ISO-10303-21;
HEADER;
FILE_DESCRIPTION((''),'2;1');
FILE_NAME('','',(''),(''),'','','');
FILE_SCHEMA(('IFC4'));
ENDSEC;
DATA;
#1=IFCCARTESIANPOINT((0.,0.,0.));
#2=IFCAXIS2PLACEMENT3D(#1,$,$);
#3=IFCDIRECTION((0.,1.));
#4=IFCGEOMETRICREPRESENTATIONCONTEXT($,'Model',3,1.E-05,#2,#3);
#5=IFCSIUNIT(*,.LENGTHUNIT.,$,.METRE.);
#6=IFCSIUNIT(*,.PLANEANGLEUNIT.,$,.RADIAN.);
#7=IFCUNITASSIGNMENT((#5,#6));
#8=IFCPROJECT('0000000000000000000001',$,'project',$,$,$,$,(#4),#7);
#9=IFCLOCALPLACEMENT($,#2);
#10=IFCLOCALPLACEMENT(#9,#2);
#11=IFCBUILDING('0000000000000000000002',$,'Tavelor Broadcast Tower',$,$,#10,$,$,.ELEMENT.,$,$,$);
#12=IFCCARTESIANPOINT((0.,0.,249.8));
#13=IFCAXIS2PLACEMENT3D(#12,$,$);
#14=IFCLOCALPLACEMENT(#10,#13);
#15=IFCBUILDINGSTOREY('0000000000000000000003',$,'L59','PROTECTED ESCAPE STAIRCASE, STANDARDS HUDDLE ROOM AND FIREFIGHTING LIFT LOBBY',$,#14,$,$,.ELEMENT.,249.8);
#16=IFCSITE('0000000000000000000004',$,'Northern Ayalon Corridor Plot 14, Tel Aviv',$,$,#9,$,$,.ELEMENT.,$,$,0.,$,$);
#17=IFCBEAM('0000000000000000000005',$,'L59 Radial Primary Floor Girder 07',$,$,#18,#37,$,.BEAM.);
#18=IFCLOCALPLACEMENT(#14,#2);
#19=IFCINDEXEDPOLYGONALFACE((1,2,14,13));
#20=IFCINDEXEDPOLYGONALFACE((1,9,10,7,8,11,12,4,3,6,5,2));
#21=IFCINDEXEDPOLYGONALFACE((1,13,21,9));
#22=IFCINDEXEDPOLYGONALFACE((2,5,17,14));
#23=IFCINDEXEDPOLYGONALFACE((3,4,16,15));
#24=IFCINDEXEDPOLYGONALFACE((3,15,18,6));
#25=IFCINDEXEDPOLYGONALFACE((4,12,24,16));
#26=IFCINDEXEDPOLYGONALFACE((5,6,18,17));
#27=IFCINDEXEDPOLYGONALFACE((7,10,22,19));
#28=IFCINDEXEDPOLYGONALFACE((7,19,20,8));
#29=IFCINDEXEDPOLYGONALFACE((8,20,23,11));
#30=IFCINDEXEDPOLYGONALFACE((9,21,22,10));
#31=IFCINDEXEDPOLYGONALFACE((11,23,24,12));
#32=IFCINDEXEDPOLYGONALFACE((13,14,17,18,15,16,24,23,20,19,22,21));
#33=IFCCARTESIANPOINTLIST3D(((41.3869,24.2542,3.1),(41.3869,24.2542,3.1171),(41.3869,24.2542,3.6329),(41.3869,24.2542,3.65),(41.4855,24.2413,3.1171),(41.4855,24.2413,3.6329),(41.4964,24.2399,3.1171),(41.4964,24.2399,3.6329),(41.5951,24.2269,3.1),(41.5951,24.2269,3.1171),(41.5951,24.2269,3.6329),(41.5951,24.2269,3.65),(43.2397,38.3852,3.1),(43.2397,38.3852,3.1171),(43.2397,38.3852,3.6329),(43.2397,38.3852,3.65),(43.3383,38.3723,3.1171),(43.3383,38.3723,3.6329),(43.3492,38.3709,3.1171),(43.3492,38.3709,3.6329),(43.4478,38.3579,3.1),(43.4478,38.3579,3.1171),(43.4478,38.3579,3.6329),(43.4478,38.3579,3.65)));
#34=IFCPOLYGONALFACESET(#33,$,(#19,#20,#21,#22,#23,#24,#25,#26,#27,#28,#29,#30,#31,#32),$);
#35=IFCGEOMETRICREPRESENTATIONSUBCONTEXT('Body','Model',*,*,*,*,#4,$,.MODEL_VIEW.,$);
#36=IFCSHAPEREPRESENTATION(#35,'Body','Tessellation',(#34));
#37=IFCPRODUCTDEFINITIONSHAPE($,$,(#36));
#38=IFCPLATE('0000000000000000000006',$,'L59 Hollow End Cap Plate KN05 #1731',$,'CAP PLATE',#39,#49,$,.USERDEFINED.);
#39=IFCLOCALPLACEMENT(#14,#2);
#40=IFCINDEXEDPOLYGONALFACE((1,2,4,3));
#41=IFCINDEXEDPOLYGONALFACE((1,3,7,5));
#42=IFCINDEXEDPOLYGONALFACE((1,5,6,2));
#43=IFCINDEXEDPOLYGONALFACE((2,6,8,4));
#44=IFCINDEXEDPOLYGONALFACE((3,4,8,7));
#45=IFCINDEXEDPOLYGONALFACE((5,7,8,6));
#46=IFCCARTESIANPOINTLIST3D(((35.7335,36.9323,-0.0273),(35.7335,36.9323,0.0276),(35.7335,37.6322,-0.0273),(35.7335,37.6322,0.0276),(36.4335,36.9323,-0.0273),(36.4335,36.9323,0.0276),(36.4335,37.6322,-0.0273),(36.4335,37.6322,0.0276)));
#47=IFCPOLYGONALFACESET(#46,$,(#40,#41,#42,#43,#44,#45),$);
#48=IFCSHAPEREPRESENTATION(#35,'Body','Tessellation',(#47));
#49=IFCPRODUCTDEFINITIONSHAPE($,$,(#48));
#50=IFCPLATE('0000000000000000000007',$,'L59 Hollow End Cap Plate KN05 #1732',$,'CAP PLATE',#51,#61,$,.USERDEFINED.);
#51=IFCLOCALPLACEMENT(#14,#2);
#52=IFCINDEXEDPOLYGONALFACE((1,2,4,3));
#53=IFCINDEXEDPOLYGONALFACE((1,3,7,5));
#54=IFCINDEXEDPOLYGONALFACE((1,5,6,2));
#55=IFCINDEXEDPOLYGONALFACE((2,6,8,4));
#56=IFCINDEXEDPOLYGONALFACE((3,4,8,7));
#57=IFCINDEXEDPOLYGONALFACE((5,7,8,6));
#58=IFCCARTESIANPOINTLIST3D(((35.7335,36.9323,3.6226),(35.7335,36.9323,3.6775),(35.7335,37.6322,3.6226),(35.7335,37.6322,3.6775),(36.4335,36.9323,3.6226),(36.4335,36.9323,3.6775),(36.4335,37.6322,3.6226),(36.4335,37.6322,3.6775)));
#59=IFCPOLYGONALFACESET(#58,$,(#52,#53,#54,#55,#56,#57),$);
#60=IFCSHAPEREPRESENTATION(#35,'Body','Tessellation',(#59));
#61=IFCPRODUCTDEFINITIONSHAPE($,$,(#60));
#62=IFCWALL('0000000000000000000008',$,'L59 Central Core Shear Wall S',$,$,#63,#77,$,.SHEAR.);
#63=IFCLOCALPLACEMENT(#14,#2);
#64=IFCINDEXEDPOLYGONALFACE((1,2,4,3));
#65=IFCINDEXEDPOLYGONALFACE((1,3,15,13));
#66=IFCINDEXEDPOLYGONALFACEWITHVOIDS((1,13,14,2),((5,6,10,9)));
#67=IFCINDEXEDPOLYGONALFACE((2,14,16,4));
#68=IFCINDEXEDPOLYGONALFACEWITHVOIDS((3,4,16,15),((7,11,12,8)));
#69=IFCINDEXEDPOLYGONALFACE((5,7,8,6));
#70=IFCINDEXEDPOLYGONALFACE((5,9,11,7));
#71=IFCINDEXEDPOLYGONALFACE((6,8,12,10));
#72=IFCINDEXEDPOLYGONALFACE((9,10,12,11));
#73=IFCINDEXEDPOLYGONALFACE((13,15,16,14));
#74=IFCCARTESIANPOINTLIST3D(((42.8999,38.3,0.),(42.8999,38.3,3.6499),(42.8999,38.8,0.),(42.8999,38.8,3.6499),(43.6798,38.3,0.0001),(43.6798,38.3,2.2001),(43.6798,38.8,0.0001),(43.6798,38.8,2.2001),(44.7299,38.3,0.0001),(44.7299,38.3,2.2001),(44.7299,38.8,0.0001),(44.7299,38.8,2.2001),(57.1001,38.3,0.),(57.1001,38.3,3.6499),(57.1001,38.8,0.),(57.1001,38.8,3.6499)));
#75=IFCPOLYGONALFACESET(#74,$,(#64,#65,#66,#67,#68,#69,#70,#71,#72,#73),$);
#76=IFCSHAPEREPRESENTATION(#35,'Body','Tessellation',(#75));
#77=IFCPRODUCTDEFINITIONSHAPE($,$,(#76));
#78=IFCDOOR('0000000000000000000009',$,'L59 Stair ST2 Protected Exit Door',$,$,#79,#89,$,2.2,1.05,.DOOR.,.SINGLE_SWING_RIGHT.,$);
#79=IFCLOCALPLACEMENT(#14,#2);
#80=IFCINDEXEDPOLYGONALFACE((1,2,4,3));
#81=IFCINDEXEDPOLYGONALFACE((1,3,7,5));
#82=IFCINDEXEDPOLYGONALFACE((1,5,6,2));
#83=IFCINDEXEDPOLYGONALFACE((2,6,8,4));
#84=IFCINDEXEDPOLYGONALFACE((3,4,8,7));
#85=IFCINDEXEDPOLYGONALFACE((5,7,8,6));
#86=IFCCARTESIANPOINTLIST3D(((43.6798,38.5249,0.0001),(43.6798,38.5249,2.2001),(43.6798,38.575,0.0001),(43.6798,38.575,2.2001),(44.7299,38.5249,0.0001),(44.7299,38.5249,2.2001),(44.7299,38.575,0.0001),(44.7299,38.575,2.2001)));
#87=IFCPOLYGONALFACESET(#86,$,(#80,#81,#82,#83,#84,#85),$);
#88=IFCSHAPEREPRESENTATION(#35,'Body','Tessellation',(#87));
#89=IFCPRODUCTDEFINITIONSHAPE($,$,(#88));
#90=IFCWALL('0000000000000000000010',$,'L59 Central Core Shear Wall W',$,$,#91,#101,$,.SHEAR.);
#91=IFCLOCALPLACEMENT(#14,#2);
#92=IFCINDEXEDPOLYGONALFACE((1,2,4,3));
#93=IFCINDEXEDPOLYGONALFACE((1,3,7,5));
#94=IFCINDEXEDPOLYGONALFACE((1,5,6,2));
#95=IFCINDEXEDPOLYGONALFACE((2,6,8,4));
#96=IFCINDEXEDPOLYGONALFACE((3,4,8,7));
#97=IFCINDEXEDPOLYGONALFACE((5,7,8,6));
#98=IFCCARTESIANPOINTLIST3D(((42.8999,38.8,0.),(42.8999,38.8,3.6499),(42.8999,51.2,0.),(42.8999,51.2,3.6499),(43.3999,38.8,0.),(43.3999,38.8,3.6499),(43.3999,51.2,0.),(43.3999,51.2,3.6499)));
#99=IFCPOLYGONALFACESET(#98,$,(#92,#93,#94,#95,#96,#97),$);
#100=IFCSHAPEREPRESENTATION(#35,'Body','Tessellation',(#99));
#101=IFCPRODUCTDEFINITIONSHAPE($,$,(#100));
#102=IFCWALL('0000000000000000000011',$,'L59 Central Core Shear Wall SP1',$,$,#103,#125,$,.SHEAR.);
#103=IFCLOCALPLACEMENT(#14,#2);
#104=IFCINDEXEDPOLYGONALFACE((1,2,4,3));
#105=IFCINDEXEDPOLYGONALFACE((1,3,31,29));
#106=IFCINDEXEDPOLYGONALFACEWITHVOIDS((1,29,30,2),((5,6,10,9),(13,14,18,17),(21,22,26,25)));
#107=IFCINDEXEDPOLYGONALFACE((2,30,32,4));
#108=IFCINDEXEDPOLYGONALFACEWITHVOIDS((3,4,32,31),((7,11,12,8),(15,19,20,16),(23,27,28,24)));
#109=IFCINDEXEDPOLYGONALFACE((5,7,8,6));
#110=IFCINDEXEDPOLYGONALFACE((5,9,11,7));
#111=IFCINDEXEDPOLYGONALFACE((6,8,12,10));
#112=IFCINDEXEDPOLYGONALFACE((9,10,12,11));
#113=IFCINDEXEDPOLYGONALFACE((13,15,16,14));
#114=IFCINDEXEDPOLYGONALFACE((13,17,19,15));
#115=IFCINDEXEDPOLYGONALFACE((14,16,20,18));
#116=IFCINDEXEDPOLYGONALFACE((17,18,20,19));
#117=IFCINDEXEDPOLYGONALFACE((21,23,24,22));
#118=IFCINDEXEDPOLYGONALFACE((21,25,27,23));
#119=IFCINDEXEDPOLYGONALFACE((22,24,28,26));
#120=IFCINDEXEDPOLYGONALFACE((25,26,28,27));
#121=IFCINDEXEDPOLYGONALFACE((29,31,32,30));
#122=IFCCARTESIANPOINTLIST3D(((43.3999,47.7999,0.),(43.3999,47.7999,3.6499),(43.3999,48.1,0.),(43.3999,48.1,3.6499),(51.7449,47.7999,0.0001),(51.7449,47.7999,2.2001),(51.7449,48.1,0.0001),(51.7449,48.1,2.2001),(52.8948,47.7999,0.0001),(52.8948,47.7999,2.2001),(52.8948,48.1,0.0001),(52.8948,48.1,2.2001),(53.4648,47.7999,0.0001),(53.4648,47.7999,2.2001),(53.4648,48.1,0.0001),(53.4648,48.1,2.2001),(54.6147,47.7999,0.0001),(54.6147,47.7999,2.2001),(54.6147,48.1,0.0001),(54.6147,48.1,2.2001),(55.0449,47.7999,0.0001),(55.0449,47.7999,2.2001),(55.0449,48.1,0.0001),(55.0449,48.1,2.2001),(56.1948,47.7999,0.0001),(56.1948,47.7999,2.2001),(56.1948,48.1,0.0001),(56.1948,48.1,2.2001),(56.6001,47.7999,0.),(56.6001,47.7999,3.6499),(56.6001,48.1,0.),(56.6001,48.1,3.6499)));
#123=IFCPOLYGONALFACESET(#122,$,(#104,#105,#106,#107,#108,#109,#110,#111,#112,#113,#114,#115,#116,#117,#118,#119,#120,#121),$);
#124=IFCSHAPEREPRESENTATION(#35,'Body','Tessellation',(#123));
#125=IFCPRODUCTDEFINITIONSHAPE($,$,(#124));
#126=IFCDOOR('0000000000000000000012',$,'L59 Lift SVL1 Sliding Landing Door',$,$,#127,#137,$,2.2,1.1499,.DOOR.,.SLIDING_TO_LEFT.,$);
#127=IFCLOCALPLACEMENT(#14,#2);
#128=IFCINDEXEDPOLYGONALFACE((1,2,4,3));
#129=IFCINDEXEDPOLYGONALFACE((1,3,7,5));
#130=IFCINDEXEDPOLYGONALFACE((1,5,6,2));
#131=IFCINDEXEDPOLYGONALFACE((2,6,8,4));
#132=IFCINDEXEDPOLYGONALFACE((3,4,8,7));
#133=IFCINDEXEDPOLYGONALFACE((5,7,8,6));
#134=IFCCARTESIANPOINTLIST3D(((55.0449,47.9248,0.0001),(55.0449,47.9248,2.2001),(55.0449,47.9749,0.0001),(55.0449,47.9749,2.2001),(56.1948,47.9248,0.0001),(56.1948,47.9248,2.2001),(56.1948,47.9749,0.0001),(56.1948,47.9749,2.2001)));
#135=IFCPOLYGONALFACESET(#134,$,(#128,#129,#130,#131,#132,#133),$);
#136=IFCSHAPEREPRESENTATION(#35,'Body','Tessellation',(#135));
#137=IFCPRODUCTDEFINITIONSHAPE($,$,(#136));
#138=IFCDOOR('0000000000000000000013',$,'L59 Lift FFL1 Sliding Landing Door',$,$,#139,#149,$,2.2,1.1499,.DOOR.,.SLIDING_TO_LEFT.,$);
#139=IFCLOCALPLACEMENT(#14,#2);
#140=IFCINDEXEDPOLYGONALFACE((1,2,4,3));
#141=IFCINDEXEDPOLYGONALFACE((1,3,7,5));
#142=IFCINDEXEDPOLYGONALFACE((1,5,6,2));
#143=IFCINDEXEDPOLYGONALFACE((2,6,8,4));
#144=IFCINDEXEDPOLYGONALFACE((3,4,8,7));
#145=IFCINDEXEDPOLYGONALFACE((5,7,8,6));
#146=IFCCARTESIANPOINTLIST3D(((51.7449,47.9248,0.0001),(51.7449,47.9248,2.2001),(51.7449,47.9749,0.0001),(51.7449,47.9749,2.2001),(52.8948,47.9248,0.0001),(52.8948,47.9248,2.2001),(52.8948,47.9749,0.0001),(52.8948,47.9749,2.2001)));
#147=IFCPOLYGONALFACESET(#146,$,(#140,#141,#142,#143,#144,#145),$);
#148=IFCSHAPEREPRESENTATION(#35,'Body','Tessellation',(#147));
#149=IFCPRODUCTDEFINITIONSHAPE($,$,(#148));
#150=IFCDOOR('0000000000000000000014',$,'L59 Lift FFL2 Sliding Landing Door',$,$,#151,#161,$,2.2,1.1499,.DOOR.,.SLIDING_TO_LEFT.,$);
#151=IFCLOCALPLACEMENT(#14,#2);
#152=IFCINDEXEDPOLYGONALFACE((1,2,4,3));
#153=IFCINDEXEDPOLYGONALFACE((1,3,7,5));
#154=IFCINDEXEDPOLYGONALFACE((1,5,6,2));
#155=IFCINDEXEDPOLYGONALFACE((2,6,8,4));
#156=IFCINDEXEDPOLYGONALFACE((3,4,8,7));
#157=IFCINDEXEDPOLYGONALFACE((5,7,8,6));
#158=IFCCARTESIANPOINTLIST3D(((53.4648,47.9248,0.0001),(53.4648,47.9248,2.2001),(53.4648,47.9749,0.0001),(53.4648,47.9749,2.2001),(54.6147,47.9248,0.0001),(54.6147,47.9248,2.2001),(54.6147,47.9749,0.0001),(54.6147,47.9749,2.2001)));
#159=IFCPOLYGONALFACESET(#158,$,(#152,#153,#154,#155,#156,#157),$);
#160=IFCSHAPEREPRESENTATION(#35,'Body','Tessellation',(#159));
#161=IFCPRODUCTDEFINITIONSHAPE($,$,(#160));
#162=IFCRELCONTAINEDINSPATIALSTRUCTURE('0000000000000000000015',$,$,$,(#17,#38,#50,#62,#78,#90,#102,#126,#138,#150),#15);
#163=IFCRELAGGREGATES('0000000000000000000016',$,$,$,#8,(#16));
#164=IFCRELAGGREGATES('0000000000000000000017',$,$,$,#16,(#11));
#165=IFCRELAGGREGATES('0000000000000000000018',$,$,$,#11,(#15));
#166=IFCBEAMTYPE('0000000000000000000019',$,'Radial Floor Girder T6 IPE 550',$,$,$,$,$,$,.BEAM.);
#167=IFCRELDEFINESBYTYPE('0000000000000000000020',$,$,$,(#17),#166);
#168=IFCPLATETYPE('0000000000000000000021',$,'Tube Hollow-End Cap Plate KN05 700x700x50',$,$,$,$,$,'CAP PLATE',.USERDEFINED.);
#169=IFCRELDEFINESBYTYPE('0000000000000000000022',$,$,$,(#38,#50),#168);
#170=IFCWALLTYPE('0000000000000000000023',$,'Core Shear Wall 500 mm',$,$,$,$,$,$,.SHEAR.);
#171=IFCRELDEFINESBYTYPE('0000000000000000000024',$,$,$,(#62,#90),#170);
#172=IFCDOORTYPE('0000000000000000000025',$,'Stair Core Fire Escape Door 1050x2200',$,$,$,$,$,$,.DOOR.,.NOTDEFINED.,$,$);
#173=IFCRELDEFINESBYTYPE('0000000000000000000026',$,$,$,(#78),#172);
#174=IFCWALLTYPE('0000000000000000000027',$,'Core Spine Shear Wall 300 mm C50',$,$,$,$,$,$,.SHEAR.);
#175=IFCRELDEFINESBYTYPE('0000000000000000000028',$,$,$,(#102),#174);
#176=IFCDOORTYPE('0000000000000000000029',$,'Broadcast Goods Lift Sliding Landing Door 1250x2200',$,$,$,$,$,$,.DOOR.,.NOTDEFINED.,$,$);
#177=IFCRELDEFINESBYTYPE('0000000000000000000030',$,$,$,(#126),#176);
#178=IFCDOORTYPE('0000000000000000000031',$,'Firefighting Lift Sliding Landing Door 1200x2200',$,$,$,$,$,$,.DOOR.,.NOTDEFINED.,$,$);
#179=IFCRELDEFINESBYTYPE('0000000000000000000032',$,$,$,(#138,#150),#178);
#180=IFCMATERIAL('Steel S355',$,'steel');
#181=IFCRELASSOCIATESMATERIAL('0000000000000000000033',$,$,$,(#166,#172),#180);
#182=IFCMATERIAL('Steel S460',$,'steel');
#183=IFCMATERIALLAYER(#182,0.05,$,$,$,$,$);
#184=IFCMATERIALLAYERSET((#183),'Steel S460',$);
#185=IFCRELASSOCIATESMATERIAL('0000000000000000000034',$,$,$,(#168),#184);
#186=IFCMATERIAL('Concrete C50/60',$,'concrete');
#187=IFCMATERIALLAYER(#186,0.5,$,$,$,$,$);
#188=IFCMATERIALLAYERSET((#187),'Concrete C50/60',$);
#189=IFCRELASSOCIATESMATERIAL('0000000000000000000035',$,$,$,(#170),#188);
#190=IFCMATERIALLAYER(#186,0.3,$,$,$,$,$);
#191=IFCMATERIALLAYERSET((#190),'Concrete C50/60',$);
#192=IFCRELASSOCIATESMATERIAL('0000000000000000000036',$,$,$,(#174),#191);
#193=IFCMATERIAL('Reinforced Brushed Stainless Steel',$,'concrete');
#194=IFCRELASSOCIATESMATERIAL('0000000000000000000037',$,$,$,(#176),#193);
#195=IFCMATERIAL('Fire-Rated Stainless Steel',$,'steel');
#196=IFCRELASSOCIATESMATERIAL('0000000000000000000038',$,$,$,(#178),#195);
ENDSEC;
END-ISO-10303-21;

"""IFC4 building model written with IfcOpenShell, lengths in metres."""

from ifc_helpers import new_model, si_unit, direction, frame, frame_2d, origin, origin_2d, place, context, subcontext, project, spatial, rectangle, i_section, extrude, source, transform, mapped, material, layer, layer_set, material_profile, profile_set, type_object, type_shapes, element, fill, save


model = new_model("IFC4")

# Units and contexts
model_context = context("Model", 3, precision=1e-05, world=origin(), true_north=direction((0.0, 1.0)))
body_context = subcontext(model_context, "Body", "Model", "MODEL_VIEW")
ifc_project = project(units=[si_unit("LENGTHUNIT", "METRE"), si_unit("PLANEANGLEUNIT", "RADIAN")], contexts=[model_context])

# Site, building, storey
site_placement = place(None, origin())
site = spatial("IfcSite", under=ifc_project, at=site_placement, Name="Northern Ayalon Corridor Plot 14, Tel Aviv", CompositionType="ELEMENT", RefElevation=0.0)
building_placement = place(site_placement, origin())
building = spatial("IfcBuilding", under=site, at=building_placement, Name="Tavelor Broadcast Tower", CompositionType="ELEMENT")
storey_placement = place(building_placement, frame((0.0, 0.0, 249.8)))
storey = spatial("IfcBuildingStorey", under=building, at=storey_placement, Name="L59", Description="PROTECTED ESCAPE STAIRCASE, STANDARDS HUDDLE ROOM AND FIREFIGHTING LIFT LOBBY", CompositionType="ELEMENT", Elevation=249.8)

# Shared definitions
ifc_material_1 = material(Name="Concrete C50/60", Category="concrete")

# Beam
ifc_material_2 = material(Name="Steel S355", Category="steel")
ifc_material_profile_1 = material_profile(ifc_material_2, i_section(OverallWidth=0.21, OverallDepth=0.55, WebThickness=0.011, FlangeThickness=0.0171, at=origin_2d()), Name="IPE 550")
ifc_profile_set_1 = profile_set([ifc_material_profile_1], Name="Steel S355")
beam_type_1 = type_object("IfcBeamType", Name="Radial Floor Girder T6 IPE 550", PredefinedType="BEAM", material=ifc_profile_set_1)
beam_1_placement = place(storey_placement, frame((43.3438, 38.3716, 3.375), z_axis=(-0.130001, -0.991514, 0.0), x_axis=(0.991514, -0.130001, 0.0)))
element("IfcBeam", 1, at=beam_1_placement, inside=storey, type_object=beam_type_1, Name="L59 Radial Primary Floor Girder 07", PredefinedType="BEAM", context=body_context, shape_type="SweptSolid", body=[
    extrude(i_section(OverallWidth=0.21, OverallDepth=0.55, WebThickness=0.011, FlangeThickness=0.0171, at=origin_2d()), origin(), (0.0, 0.0, 1.0), 14.252),
])

# Plates
ifc_material_3 = material(Name="Steel S460", Category="steel")
ifc_layer_1 = layer(ifc_material_3, 0.05)
ifc_layer_set_1 = layer_set([ifc_layer_1], Name="Steel S460")
plate_type = type_object("IfcPlateType", Name="Tube Hollow-End Cap Plate KN05 700x700x50", ElementType="CAP PLATE", PredefinedType="USERDEFINED", material=ifc_layer_set_1)
shared_shape = source(origin(), body_context, "Body", "SweptSolid", [
    extrude(rectangle(XDim=0.7, YDim=0.7, at=origin_2d()), origin(), (0.0, 0.0, 1.0), 0.0549),
])
type_shapes(plate_type, [shared_shape])
for number, where, z_axis, x_axis, name in (
    (2, (36.0835, 37.2822, -0.0273), (0.0, 0.0, 1.0), (1.0, 0.0, 0.0), "L59 Hollow End Cap Plate KN05 #1731"),
    (3, (36.0835, 37.2822, 3.6226), (0.0, 0.0, 1.0), (1.0, 0.0, 0.0), "L59 Hollow End Cap Plate KN05 #1732"),
):
    element("IfcPlate", number, at=place(storey_placement, frame(where, z_axis=z_axis, x_axis=x_axis)), inside=storey, type_object=plate_type, Name=name, ObjectType="CAP PLATE", PredefinedType="USERDEFINED", context=body_context, shape_type="MappedRepresentation", body=[
        mapped(shared_shape, transform((0.0, 0.0, 0.0), scale=1.0)),
    ])

# Wall, opening, door
ifc_layer_2 = layer(ifc_material_1, 0.5)
ifc_layer_set_2 = layer_set([ifc_layer_2], Name="Concrete C50/60")
wall_type_1 = type_object("IfcWallType", Name="Core Shear Wall 500 mm", PredefinedType="SHEAR", material=ifc_layer_set_2)
wall_1_placement = place(storey_placement, frame((42.8999, 38.55, 0.0), z_axis=(0.0, 0.0, 1.0), x_axis=(1.0, 0.0, 0.0)))
wall_1 = element("IfcWall", 4, at=wall_1_placement, inside=storey, type_object=wall_type_1, Name="L59 Central Core Shear Wall S", PredefinedType="SHEAR", context=body_context, shape_type="SweptSolid", body=[
    extrude(rectangle(XDim=14.2002, YDim=0.5, at=frame_2d((7.1001, 0.0))), origin(), (0.0, 0.0, 1.0), 3.6499),
])
opening_1_placement = place(wall_1_placement, frame((0.78, 0.0, 0.0)))
opening_1 = element("IfcOpeningElement", 5, at=opening_1_placement, cuts=wall_1, PredefinedType="OPENING", context=body_context, shape_type="SweptSolid", body=[
    extrude(rectangle(XDim=1.05, YDim=2.2, at=frame_2d((0.5249, 1.1001))), frame((0.0, 0.26, 0.0), z_axis=(0.0, -1.0, 0.0), x_axis=(1.0, 0.0, 0.0)), (0.0, 0.0, 1.0), 0.52),
])
door_type_1 = type_object("IfcDoorType", Name="Stair Core Fire Escape Door 1050x2200", OperationType="NOTDEFINED", PredefinedType="DOOR", material=ifc_material_2)
door_1_placement = place(opening_1_placement, origin())
door_1 = element("IfcDoor", 6, at=door_1_placement, inside=storey, type_object=door_type_1, Name="L59 Stair ST2 Protected Exit Door", OperationType="SINGLE_SWING_RIGHT", OverallHeight=2.2, OverallWidth=1.05, PredefinedType="DOOR", context=body_context, shape_type="SweptSolid", body=[
    extrude(rectangle(XDim=1.05, YDim=2.2, at=frame_2d((0.5249, 1.1001))), frame((0.0, 0.0249, 0.0), z_axis=(0.0, -1.0, 0.0), x_axis=(1.0, 0.0, 0.0)), (0.0, 0.0, 1.0), 0.05),
])
fill(opening_1, door_1)

# Wall
wall_2_placement = place(storey_placement, frame((43.1499, 38.8, 0.0), z_axis=(0.0, 0.0, 1.0), x_axis=(0.0, 1.0, 0.0)))
element("IfcWall", 7, at=wall_2_placement, inside=storey, type_object=wall_type_1, Name="L59 Central Core Shear Wall W", PredefinedType="SHEAR", context=body_context, shape_type="SweptSolid", body=[
    extrude(rectangle(XDim=12.3999, YDim=0.5, at=frame_2d((6.2, 0.0))), origin(), (0.0, 0.0, 1.0), 3.6499),
])

# Wall, openings, doors
ifc_layer_3 = layer(ifc_material_1, 0.3)
ifc_layer_set_3 = layer_set([ifc_layer_3], Name="Concrete C50/60")
wall_type_2 = type_object("IfcWallType", Name="Core Spine Shear Wall 300 mm C50", PredefinedType="SHEAR", material=ifc_layer_set_3)
wall_3_placement = place(storey_placement, frame((43.3999, 47.95, 0.0), z_axis=(0.0, 0.0, 1.0), x_axis=(1.0, 0.0, 0.0)))
wall_3 = element("IfcWall", 8, at=wall_3_placement, inside=storey, type_object=wall_type_2, Name="L59 Central Core Shear Wall SP1", PredefinedType="SHEAR", context=body_context, shape_type="SweptSolid", body=[
    extrude(rectangle(XDim=13.2002, YDim=0.3, at=frame_2d((6.6001, 0.0))), origin(), (0.0, 0.0, 1.0), 3.6499),
])
opening_2_placement = place(wall_3_placement, frame((8.345, 0.0, 0.0)))
opening_2 = element("IfcOpeningElement", 9, at=opening_2_placement, cuts=wall_3, PredefinedType="OPENING", context=body_context, shape_type="SweptSolid", body=[
    extrude(rectangle(XDim=1.1499, YDim=2.2, at=frame_2d((0.575, 1.1001))), frame((0.0, 0.1602, 0.0), z_axis=(0.0, -1.0, 0.0), x_axis=(1.0, 0.0, 0.0)), (0.0, 0.0, 1.0), 0.3201),
])
opening_3_placement = place(wall_3_placement, frame((10.0649, 0.0, 0.0)))
opening_3 = element("IfcOpeningElement", 10, at=opening_3_placement, cuts=wall_3, PredefinedType="OPENING", context=body_context, shape_type="SweptSolid", body=[
    extrude(rectangle(XDim=1.1499, YDim=2.2, at=frame_2d((0.575, 1.1001))), frame((0.0, 0.1602, 0.0), z_axis=(0.0, -1.0, 0.0), x_axis=(1.0, 0.0, 0.0)), (0.0, 0.0, 1.0), 0.3201),
])
opening_4_placement = place(wall_3_placement, frame((11.645, 0.0, 0.0)))
opening_4 = element("IfcOpeningElement", 11, at=opening_4_placement, cuts=wall_3, PredefinedType="OPENING", context=body_context, shape_type="SweptSolid", body=[
    extrude(rectangle(XDim=1.1499, YDim=2.2, at=frame_2d((0.575, 1.1001))), frame((0.0, 0.1602, 0.0), z_axis=(0.0, -1.0, 0.0), x_axis=(1.0, 0.0, 0.0)), (0.0, 0.0, 1.0), 0.3201),
])
ifc_material_4 = material(Name="Reinforced Brushed Stainless Steel", Category="concrete")
door_type_2 = type_object("IfcDoorType", Name="Broadcast Goods Lift Sliding Landing Door 1250x2200", OperationType="NOTDEFINED", PredefinedType="DOOR", material=ifc_material_4)
door_2_placement = place(opening_4_placement, origin())
door_2 = element("IfcDoor", 12, at=door_2_placement, inside=storey, type_object=door_type_2, Name="L59 Lift SVL1 Sliding Landing Door", OperationType="SLIDING_TO_LEFT", OverallHeight=2.2, OverallWidth=1.1499, PredefinedType="DOOR", context=body_context, shape_type="SweptSolid", body=[
    extrude(rectangle(XDim=1.1499, YDim=2.2, at=frame_2d((0.575, 1.1001))), frame((0.0, 0.0249, 0.0), z_axis=(0.0, -1.0, 0.0), x_axis=(1.0, 0.0, 0.0)), (0.0, 0.0, 1.0), 0.05),
])
fill(opening_4, door_2)
ifc_material_5 = material(Name="Fire-Rated Stainless Steel", Category="steel")
door_type_3 = type_object("IfcDoorType", Name="Firefighting Lift Sliding Landing Door 1200x2200", OperationType="NOTDEFINED", PredefinedType="DOOR", material=ifc_material_5)
door_3_placement = place(opening_2_placement, origin())
door_3 = element("IfcDoor", 13, at=door_3_placement, inside=storey, type_object=door_type_3, Name="L59 Lift FFL1 Sliding Landing Door", OperationType="SLIDING_TO_LEFT", OverallHeight=2.2, OverallWidth=1.1499, PredefinedType="DOOR", context=body_context, shape_type="SweptSolid", body=[
    extrude(rectangle(XDim=1.1499, YDim=2.2, at=frame_2d((0.575, 1.1001))), frame((0.0, 0.0249, 0.0), z_axis=(0.0, -1.0, 0.0), x_axis=(1.0, 0.0, 0.0)), (0.0, 0.0, 1.0), 0.05),
])
fill(opening_2, door_3)
door_4_placement = place(opening_3_placement, origin())
door_4 = element("IfcDoor", 14, at=door_4_placement, inside=storey, type_object=door_type_3, Name="L59 Lift FFL2 Sliding Landing Door", OperationType="SLIDING_TO_LEFT", OverallHeight=2.2, OverallWidth=1.1499, PredefinedType="DOOR", context=body_context, shape_type="SweptSolid", body=[
    extrude(rectangle(XDim=1.1499, YDim=2.2, at=frame_2d((0.575, 1.1001))), frame((0.0, 0.0249, 0.0), z_axis=(0.0, -1.0, 0.0), x_axis=(1.0, 0.0, 0.0)), (0.0, 0.0, 1.0), 0.05),
])
fill(opening_3, door_4)

save(model, "model.ifc")
